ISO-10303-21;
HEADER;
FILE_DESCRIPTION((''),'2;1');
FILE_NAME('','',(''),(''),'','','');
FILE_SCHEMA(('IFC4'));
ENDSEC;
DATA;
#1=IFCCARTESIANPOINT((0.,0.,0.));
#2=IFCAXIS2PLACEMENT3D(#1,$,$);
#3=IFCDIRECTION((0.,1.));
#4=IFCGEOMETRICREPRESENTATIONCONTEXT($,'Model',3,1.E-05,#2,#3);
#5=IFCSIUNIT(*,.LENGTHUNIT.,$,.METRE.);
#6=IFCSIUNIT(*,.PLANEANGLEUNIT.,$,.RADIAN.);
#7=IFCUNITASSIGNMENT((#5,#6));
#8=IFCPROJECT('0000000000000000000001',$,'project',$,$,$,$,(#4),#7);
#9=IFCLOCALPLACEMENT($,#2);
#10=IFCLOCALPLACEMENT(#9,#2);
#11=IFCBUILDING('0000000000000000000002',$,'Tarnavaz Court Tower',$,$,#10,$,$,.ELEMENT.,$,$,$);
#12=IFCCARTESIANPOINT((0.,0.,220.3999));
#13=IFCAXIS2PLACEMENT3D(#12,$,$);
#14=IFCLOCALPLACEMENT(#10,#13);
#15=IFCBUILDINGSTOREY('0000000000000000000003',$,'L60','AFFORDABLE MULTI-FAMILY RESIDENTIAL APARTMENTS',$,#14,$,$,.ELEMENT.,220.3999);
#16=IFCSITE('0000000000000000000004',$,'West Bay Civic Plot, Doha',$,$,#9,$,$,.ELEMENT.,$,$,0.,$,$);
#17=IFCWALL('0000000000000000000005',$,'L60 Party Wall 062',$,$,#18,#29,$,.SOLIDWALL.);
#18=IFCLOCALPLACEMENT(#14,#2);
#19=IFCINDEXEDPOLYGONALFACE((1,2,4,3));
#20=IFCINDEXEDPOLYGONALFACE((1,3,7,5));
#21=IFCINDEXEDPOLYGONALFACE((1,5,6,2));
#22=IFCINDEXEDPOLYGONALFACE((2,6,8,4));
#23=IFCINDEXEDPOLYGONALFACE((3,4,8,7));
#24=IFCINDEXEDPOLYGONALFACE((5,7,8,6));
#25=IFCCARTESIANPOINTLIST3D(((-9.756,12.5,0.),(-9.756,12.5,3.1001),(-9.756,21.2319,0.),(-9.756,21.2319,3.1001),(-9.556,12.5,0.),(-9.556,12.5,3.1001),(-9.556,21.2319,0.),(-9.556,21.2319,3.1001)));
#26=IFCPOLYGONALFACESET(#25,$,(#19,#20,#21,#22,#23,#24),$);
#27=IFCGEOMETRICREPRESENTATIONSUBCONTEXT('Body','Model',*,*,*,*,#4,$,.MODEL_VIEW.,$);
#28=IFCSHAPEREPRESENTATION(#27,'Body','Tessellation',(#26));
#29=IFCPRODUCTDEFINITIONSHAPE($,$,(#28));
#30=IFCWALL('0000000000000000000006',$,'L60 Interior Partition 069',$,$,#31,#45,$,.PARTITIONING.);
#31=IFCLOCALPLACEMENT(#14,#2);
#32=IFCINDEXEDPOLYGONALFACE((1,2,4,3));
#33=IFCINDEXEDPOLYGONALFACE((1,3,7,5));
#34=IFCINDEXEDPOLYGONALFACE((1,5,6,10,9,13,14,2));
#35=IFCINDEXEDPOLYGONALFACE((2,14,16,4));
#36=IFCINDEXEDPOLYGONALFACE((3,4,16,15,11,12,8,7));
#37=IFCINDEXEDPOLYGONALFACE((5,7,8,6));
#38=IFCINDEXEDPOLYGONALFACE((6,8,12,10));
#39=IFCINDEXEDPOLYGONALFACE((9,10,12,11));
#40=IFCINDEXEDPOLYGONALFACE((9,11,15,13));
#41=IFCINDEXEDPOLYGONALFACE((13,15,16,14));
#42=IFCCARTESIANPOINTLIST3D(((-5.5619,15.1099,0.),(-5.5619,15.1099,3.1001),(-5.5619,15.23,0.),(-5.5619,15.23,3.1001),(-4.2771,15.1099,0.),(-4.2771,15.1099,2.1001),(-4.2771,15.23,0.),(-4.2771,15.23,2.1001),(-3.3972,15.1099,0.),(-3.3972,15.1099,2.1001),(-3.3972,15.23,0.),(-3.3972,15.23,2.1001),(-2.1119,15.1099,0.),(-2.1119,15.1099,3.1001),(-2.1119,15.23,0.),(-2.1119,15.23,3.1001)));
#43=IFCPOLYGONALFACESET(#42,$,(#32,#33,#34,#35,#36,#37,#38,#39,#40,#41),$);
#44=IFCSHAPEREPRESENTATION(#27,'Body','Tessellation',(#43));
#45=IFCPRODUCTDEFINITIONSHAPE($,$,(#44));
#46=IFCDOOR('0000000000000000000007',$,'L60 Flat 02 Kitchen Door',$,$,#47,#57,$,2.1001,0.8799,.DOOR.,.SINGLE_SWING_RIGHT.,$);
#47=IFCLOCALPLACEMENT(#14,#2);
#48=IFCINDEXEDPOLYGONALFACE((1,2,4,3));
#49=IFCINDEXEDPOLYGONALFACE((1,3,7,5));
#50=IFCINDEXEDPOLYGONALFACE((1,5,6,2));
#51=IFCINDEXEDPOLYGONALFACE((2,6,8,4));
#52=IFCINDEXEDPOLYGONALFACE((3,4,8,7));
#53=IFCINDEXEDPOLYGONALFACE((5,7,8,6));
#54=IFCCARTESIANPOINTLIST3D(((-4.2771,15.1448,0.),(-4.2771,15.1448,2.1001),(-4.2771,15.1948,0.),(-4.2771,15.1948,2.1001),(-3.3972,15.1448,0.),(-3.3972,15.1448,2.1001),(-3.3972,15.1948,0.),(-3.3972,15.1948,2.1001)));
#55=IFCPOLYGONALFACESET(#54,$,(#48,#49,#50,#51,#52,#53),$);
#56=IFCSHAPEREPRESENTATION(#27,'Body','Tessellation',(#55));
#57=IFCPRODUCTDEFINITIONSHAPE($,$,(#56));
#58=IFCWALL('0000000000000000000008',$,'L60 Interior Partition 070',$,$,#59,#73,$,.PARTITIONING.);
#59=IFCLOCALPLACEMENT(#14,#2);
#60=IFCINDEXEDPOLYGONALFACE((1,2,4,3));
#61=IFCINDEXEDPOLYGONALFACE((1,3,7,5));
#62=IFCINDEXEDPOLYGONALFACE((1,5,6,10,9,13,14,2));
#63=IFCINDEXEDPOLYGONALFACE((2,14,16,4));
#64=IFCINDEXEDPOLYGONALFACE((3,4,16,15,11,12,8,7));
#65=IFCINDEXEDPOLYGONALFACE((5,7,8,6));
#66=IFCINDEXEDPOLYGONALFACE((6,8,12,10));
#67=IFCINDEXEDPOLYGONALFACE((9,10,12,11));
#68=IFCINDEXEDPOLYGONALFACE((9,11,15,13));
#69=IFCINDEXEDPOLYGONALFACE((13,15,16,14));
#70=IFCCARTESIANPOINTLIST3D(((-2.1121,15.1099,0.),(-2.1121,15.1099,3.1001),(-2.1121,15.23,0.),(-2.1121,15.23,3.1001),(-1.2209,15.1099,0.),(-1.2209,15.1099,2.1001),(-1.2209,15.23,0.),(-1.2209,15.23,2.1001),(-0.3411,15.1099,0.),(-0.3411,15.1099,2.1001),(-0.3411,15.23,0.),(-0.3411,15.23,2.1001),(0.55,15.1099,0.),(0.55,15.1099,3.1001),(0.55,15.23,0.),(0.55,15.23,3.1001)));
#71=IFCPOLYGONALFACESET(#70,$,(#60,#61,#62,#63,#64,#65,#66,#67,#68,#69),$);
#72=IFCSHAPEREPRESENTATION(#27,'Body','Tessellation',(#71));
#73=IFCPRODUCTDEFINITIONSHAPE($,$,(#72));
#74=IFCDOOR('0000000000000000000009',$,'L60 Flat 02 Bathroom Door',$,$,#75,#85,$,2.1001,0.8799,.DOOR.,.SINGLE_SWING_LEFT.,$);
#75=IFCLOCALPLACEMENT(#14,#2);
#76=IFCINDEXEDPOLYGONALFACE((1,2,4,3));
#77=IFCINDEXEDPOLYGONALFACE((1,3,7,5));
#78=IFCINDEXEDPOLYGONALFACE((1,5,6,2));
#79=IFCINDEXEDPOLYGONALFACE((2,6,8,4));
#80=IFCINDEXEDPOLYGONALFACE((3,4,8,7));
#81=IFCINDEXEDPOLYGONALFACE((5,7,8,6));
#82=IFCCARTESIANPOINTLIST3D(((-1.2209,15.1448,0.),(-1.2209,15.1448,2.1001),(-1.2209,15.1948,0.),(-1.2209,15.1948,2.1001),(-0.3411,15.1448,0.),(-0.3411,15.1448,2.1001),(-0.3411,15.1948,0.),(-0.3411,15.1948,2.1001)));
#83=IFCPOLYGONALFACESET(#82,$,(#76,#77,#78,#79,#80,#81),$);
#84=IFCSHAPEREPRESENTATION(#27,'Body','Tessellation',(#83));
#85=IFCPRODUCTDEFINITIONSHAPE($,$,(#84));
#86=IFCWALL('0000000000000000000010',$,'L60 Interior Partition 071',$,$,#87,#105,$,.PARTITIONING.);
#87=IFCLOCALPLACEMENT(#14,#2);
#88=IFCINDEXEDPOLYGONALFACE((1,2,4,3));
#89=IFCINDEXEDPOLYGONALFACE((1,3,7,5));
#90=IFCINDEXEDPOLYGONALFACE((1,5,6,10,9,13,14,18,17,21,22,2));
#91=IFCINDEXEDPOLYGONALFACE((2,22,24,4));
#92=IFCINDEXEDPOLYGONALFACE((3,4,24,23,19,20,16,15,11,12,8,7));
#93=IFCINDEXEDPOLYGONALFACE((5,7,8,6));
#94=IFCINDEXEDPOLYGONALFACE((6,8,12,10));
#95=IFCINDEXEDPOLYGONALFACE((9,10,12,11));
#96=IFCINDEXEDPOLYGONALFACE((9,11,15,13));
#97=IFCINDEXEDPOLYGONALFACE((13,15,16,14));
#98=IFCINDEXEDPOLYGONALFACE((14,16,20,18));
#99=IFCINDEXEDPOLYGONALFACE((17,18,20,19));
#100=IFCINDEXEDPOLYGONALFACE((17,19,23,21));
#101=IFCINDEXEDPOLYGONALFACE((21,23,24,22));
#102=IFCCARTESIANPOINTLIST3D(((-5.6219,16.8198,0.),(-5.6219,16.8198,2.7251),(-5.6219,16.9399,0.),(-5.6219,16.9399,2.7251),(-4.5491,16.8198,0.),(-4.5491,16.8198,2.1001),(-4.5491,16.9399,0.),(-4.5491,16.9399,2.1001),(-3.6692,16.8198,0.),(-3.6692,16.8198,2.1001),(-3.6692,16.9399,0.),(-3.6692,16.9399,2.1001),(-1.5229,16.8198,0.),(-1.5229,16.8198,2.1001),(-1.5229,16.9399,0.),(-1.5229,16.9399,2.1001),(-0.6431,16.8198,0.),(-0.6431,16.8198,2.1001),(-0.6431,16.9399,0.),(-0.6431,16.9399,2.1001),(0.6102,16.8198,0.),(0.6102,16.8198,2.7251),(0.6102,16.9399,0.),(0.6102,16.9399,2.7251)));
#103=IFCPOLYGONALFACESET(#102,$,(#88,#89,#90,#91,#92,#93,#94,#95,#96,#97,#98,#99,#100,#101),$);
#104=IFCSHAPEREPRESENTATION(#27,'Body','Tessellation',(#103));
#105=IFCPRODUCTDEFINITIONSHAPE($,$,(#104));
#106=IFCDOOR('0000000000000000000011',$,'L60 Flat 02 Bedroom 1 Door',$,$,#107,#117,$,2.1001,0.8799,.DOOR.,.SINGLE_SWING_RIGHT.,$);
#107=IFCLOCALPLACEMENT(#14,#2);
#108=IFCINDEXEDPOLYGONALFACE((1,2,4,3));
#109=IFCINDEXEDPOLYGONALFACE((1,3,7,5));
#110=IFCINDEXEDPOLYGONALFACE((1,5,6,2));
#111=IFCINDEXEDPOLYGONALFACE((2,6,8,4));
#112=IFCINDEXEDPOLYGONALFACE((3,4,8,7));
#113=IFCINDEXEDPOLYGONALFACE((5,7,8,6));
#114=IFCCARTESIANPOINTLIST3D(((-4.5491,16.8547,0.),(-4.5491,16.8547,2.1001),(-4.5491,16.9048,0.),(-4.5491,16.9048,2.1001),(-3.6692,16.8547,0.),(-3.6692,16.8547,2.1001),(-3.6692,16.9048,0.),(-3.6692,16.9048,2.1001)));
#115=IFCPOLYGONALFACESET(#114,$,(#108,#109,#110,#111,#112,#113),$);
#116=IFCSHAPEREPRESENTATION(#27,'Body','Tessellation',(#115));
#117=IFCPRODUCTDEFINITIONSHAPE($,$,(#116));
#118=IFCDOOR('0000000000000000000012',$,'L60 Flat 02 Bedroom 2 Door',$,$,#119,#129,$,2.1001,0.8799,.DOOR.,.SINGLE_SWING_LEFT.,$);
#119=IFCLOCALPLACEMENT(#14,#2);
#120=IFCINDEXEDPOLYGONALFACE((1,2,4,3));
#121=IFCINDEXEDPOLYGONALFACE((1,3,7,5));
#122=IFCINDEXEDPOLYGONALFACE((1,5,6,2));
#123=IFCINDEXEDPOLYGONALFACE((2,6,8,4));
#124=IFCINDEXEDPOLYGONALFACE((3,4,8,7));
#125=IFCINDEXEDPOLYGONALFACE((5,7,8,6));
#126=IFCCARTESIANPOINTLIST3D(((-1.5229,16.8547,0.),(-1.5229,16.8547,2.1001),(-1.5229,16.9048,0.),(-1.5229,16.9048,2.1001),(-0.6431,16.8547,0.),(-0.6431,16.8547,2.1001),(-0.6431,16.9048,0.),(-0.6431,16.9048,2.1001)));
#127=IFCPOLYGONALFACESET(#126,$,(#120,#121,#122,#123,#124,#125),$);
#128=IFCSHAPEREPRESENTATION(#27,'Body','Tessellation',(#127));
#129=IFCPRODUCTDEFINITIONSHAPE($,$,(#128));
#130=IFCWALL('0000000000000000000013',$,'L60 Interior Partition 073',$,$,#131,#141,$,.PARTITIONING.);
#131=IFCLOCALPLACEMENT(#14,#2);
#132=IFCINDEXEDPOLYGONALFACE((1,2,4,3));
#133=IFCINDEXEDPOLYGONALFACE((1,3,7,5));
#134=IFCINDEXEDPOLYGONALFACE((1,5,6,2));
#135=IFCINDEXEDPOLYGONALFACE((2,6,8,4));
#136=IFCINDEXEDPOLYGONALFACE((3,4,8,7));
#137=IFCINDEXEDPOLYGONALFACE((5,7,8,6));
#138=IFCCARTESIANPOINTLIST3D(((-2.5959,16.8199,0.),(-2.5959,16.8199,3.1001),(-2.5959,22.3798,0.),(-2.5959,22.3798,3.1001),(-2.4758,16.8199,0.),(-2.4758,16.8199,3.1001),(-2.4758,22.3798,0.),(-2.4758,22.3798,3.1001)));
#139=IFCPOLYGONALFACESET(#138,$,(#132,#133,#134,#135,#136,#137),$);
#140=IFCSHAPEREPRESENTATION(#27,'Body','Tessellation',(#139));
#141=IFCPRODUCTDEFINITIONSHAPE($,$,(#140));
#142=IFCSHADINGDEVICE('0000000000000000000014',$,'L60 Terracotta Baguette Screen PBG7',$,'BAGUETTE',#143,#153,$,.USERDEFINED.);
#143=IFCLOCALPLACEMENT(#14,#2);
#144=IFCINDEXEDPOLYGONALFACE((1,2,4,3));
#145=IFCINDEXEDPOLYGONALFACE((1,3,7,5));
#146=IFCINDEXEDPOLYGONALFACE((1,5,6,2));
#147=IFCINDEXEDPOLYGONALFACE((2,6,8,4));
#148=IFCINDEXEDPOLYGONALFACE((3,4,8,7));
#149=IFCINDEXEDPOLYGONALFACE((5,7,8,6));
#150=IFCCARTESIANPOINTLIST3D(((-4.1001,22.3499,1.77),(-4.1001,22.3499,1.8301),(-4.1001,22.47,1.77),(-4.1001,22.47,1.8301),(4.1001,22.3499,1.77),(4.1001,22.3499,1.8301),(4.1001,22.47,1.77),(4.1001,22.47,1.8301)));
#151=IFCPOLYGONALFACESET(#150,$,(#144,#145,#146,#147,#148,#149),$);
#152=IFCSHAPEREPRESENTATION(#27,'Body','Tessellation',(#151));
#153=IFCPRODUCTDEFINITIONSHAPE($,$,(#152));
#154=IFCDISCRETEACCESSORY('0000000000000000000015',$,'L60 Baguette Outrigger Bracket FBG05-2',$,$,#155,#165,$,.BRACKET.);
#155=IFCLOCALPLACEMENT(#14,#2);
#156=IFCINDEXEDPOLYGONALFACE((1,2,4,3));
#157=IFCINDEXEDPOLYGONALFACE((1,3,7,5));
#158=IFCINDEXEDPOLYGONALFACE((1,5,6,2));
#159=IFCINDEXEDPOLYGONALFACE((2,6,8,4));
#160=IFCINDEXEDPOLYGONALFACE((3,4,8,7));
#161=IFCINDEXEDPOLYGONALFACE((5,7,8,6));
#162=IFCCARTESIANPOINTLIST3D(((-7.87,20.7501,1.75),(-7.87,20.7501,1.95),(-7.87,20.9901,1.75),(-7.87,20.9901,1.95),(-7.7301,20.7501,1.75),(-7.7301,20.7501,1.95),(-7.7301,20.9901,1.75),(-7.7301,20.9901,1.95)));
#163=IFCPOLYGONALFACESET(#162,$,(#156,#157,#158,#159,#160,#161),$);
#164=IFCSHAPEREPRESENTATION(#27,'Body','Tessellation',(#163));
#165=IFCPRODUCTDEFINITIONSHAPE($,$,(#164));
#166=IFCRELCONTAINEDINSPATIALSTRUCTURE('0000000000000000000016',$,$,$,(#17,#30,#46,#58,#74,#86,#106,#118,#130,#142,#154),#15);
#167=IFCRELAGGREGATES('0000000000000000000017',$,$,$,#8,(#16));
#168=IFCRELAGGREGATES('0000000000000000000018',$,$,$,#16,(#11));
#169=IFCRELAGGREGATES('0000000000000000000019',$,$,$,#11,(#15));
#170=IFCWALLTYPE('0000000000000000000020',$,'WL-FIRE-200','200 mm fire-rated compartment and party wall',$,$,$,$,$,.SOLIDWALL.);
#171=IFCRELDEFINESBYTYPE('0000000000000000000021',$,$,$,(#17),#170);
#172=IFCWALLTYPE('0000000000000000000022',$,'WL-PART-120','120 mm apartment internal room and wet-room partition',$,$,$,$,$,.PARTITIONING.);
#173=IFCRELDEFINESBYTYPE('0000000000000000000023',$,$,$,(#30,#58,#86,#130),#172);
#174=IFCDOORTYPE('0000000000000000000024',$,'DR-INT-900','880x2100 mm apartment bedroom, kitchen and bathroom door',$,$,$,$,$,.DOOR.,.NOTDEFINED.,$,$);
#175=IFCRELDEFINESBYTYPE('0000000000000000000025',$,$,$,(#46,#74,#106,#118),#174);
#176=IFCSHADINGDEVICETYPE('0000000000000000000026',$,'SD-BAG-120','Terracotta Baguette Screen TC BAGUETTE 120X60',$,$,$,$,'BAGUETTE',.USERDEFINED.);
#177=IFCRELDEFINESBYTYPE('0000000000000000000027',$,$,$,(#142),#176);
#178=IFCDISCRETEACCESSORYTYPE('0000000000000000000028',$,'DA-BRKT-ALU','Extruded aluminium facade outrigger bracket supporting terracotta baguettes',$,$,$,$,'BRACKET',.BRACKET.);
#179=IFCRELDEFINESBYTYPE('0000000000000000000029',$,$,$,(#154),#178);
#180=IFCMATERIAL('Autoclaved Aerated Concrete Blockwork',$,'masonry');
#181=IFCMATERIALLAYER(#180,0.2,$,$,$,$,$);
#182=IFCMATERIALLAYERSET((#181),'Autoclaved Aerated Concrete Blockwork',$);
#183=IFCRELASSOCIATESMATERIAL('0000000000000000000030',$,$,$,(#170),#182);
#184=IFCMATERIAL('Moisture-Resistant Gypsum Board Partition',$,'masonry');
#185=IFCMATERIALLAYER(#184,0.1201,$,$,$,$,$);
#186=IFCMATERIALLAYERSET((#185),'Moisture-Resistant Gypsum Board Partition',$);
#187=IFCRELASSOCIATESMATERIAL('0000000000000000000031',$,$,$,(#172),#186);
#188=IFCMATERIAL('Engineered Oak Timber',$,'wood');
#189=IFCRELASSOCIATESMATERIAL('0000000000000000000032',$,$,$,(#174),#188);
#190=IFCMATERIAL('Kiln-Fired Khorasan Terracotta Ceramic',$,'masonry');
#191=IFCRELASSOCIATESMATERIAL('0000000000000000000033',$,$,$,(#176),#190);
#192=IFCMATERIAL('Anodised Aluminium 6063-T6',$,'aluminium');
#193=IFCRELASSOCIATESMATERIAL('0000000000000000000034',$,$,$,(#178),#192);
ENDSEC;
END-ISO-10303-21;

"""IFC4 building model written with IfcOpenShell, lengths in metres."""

from ifc_helpers import new_model, si_unit, direction, frame, frame_2d, origin, origin_2d, place, context, subcontext, project, spatial, rectangle, extrude, material, layer, layer_set, material_profile, profile_set, type_object, element, fill, save


model = new_model("IFC4")

# Units and contexts
model_context = context("Model", 3, precision=1e-05, world=origin(), true_north=direction((0.0, 1.0)))
body_context = subcontext(model_context, "Body", "Model", "MODEL_VIEW")
ifc_project = project(units=[si_unit("LENGTHUNIT", "METRE"), si_unit("PLANEANGLEUNIT", "RADIAN")], contexts=[model_context])

# Site, building, storey
site_placement = place(None, origin())
site = spatial("IfcSite", under=ifc_project, at=site_placement, Name="West Bay Civic Plot, Doha", CompositionType="ELEMENT", RefElevation=0.0)
building_placement = place(site_placement, origin())
building = spatial("IfcBuilding", under=site, at=building_placement, Name="Tarnavaz Court Tower", CompositionType="ELEMENT")
storey_placement = place(building_placement, frame((0.0, 0.0, 220.3999)))
storey = spatial("IfcBuildingStorey", under=building, at=storey_placement, Name="L60", Description="AFFORDABLE MULTI-FAMILY RESIDENTIAL APARTMENTS", CompositionType="ELEMENT", Elevation=220.3999)

# Shared definitions
ifc_material_1 = material(Name="Anodised Aluminium 6063-T6", Category="aluminium")

# Wall
ifc_material_2 = material(Name="Autoclaved Aerated Concrete Blockwork", Category="masonry")
ifc_layer_1 = layer(ifc_material_2, 0.2)
ifc_layer_set_1 = layer_set([ifc_layer_1], Name="Autoclaved Aerated Concrete Blockwork")
wall_type_1 = type_object("IfcWallType", Name="WL-FIRE-200", Description="200 mm fire-rated compartment and party wall", PredefinedType="SOLIDWALL", material=ifc_layer_set_1)
wall_1_placement = place(storey_placement, frame((-9.656, 12.5, 0.0), z_axis=(0.0, 0.0, 1.0), x_axis=(0.0, 1.0, 0.0)))
element("IfcWall", 1, at=wall_1_placement, inside=storey, type_object=wall_type_1, Name="L60 Party Wall 062", PredefinedType="SOLIDWALL", context=body_context, shape_type="SweptSolid", body=[
    extrude(rectangle(XDim=8.7319, YDim=0.2, at=frame_2d((4.366, 0.0))), origin(), (0.0, 0.0, 1.0), 3.1001),
])

# Walls, openings, doors
ifc_material_3 = material(Name="Moisture-Resistant Gypsum Board Partition", Category="masonry")
ifc_layer_2 = layer(ifc_material_3, 0.1201)
ifc_layer_set_2 = layer_set([ifc_layer_2], Name="Moisture-Resistant Gypsum Board Partition")
wall_type_2 = type_object("IfcWallType", Name="WL-PART-120", Description="120 mm apartment internal room and wet-room partition", PredefinedType="PARTITIONING", material=ifc_layer_set_2)
wall_2_placement = place(storey_placement, frame((-5.562, 15.1699, 0.0), z_axis=(0.0, 0.0, 1.0), x_axis=(1.0, 0.0, 0.0)))
wall_2 = element("IfcWall", 2, at=wall_2_placement, inside=storey, type_object=wall_type_2, Name="L60 Interior Partition 069", PredefinedType="PARTITIONING", context=body_context, shape_type="SweptSolid", body=[
    extrude(rectangle(XDim=3.45, YDim=0.1201, at=frame_2d((1.7251, 0.0))), origin(), (0.0, 0.0, 1.0), 3.1001),
])
opening_1_placement = place(wall_2_placement, frame((1.2849, 0.0, 0.0)))
opening_1 = element("IfcOpeningElement", 3, at=opening_1_placement, cuts=wall_2, PredefinedType="OPENING", context=body_context, shape_type="SweptSolid", body=[
    extrude(rectangle(XDim=0.8799, YDim=2.1001, at=frame_2d((0.4399, 1.05))), frame((0.0, 0.0701, 0.0), z_axis=(0.0, -1.0, 0.0), x_axis=(1.0, 0.0, 0.0)), (0.0, 0.0, 1.0), 0.1401),
])
ifc_material_4 = material(Name="Engineered Oak Timber", Category="wood")
door_type = type_object("IfcDoorType", Name="DR-INT-900", Description="880x2100 mm apartment bedroom, kitchen and bathroom door", OperationType="NOTDEFINED", PredefinedType="DOOR", material=ifc_material_4)
door_1_placement = place(opening_1_placement, origin())
door_1 = element("IfcDoor", 4, at=door_1_placement, inside=storey, type_object=door_type, Name="L60 Flat 02 Kitchen Door", OperationType="SINGLE_SWING_RIGHT", OverallHeight=2.1001, OverallWidth=0.8799, PredefinedType="DOOR", context=body_context, shape_type="SweptSolid", body=[
    extrude(rectangle(XDim=0.8799, YDim=2.1001, at=frame_2d((0.4399, 1.05))), frame((0.0, 0.0249, 0.0), z_axis=(0.0, -1.0, 0.0), x_axis=(1.0, 0.0, 0.0)), (0.0, 0.0, 1.0), 0.05),
])
fill(opening_1, door_1)
wall_3_placement = place(storey_placement, frame((-2.1121, 15.1699, 0.0), z_axis=(0.0, 0.0, 1.0), x_axis=(1.0, 0.0, 0.0)))
wall_3 = element("IfcWall", 5, at=wall_3_placement, inside=storey, type_object=wall_type_2, Name="L60 Interior Partition 070", PredefinedType="PARTITIONING", context=body_context, shape_type="SweptSolid", body=[
    extrude(rectangle(XDim=2.6621, YDim=0.1201, at=frame_2d((1.3311, 0.0))), origin(), (0.0, 0.0, 1.0), 3.1001),
])
opening_2_placement = place(wall_3_placement, frame((0.8911, 0.0, 0.0)))
opening_2 = element("IfcOpeningElement", 6, at=opening_2_placement, cuts=wall_3, PredefinedType="OPENING", context=body_context, shape_type="SweptSolid", body=[
    extrude(rectangle(XDim=0.8799, YDim=2.1001, at=frame_2d((0.4399, 1.05))), frame((0.0, 0.0701, 0.0), z_axis=(0.0, -1.0, 0.0), x_axis=(1.0, 0.0, 0.0)), (0.0, 0.0, 1.0), 0.1401),
])
door_2_placement = place(opening_2_placement, origin())
door_2 = element("IfcDoor", 7, at=door_2_placement, inside=storey, type_object=door_type, Name="L60 Flat 02 Bathroom Door", OperationType="SINGLE_SWING_LEFT", OverallHeight=2.1001, OverallWidth=0.8799, PredefinedType="DOOR", context=body_context, shape_type="SweptSolid", body=[
    extrude(rectangle(XDim=0.8799, YDim=2.1001, at=frame_2d((0.4399, 1.05))), frame((0.0, 0.0249, 0.0), z_axis=(0.0, -1.0, 0.0), x_axis=(1.0, 0.0, 0.0)), (0.0, 0.0, 1.0), 0.05),
])
fill(opening_2, door_2)

# Wall, openings, doors
wall_4_placement = place(storey_placement, frame((-5.6221, 16.8799, 0.0), z_axis=(0.0, 0.0, 1.0), x_axis=(1.0, 0.0, 0.0)))
wall_4 = element("IfcWall", 8, at=wall_4_placement, inside=storey, type_object=wall_type_2, Name="L60 Interior Partition 071", PredefinedType="PARTITIONING", context=body_context, shape_type="SweptSolid", body=[
    extrude(rectangle(XDim=6.2322, YDim=0.1201, at=frame_2d((3.1162, 0.0))), origin(), (0.0, 0.0, 1.0), 2.7251),
])
opening_3_placement = place(wall_4_placement, frame((1.073, 0.0, 0.0)))
opening_3 = element("IfcOpeningElement", 9, at=opening_3_placement, cuts=wall_4, PredefinedType="OPENING", context=body_context, shape_type="SweptSolid", body=[
    extrude(rectangle(XDim=0.8799, YDim=2.1001, at=frame_2d((0.4399, 1.05))), frame((0.0, 0.0701, 0.0), z_axis=(0.0, -1.0, 0.0), x_axis=(1.0, 0.0, 0.0)), (0.0, 0.0, 1.0), 0.1401),
])
opening_4_placement = place(wall_4_placement, frame((4.0991, 0.0, 0.0)))
opening_4 = element("IfcOpeningElement", 10, at=opening_4_placement, cuts=wall_4, PredefinedType="OPENING", context=body_context, shape_type="SweptSolid", body=[
    extrude(rectangle(XDim=0.8799, YDim=2.1001, at=frame_2d((0.4399, 1.05))), frame((0.0, 0.0701, 0.0), z_axis=(0.0, -1.0, 0.0), x_axis=(1.0, 0.0, 0.0)), (0.0, 0.0, 1.0), 0.1401),
])
door_3_placement = place(opening_3_placement, origin())
door_3 = element("IfcDoor", 11, at=door_3_placement, inside=storey, type_object=door_type, Name="L60 Flat 02 Bedroom 1 Door", OperationType="SINGLE_SWING_RIGHT", OverallHeight=2.1001, OverallWidth=0.8799, PredefinedType="DOOR", context=body_context, shape_type="SweptSolid", body=[
    extrude(rectangle(XDim=0.8799, YDim=2.1001, at=frame_2d((0.4399, 1.05))), frame((0.0, 0.0249, 0.0), z_axis=(0.0, -1.0, 0.0), x_axis=(1.0, 0.0, 0.0)), (0.0, 0.0, 1.0), 0.05),
])
fill(opening_3, door_3)
door_4_placement = place(opening_4_placement, origin())
door_4 = element("IfcDoor", 12, at=door_4_placement, inside=storey, type_object=door_type, Name="L60 Flat 02 Bedroom 2 Door", OperationType="SINGLE_SWING_LEFT", OverallHeight=2.1001, OverallWidth=0.8799, PredefinedType="DOOR", context=body_context, shape_type="SweptSolid", body=[
    extrude(rectangle(XDim=0.8799, YDim=2.1001, at=frame_2d((0.4399, 1.05))), frame((0.0, 0.0249, 0.0), z_axis=(0.0, -1.0, 0.0), x_axis=(1.0, 0.0, 0.0)), (0.0, 0.0, 1.0), 0.05),
])
fill(opening_4, door_4)

# Wall
wall_5_placement = place(storey_placement, frame((-2.5359, 16.8201, 0.0), z_axis=(0.0, 0.0, 1.0), x_axis=(0.0, 1.0, 0.0)))
element("IfcWall", 13, at=wall_5_placement, inside=storey, type_object=wall_type_2, Name="L60 Interior Partition 073", PredefinedType="PARTITIONING", context=body_context, shape_type="SweptSolid", body=[
    extrude(rectangle(XDim=5.5598, YDim=0.1201, at=frame_2d((2.7798, 0.0))), origin(), (0.0, 0.0, 1.0), 3.1001),
])

# Shading device
ifc_material_5 = material(Name="Kiln-Fired Khorasan Terracotta Ceramic", Category="masonry")
ifc_material_profile_1 = material_profile(ifc_material_5, rectangle(XDim=0.1201, YDim=0.0601, at=origin_2d()), Name="TC BAGUETTE 120X60")
ifc_profile_set_1 = profile_set([ifc_material_profile_1], Name="Kiln-Fired Khorasan Terracotta Ceramic")
shading_device_type = type_object("IfcShadingDeviceType", Name="SD-BAG-120", Description="Terracotta Baguette Screen TC BAGUETTE 120X60", ElementType="BAGUETTE", PredefinedType="USERDEFINED", material=ifc_profile_set_1)
shading_device_placement = place(storey_placement, frame((-4.1001, 22.4099, 1.8), z_axis=(1.0, 0.0, 0.0), x_axis=(0.0, 1.0, 0.0)))
element("IfcShadingDevice", 14, at=shading_device_placement, inside=storey, type_object=shading_device_type, Name="L60 Terracotta Baguette Screen PBG7", ObjectType="BAGUETTE", PredefinedType="USERDEFINED", context=body_context, shape_type="SweptSolid", body=[
    extrude(rectangle(XDim=0.1201, YDim=0.0601, at=origin_2d()), origin(), (0.0, 0.0, 1.0), 8.2002),
])

# Discrete accessory
discrete_accessory_type = type_object("IfcDiscreteAccessoryType", Name="DA-BRKT-ALU", Description="Extruded aluminium facade outrigger bracket supporting terracotta baguettes", ElementType="BRACKET", PredefinedType="BRACKET", material=ifc_material_1)
for number, where, z_axis, x_axis, name in (
    (15, (-7.8, 20.8701, 1.75), (0.0, 0.0, 1.0), (1.0, 0.0, 0.0), "L60 Baguette Outrigger Bracket FBG05-2"),
):
    element("IfcDiscreteAccessory", number, at=place(storey_placement, frame(where, z_axis=z_axis, x_axis=x_axis)), inside=storey, type_object=discrete_accessory_type, Name=name, PredefinedType="BRACKET", context=body_context, shape_type="SweptSolid", body=[
        extrude(rectangle(XDim=0.1399, YDim=0.24, at=origin_2d()), origin(), (0.0, 0.0, 1.0), 0.2),
    ])

save(model, "model.ifc")
